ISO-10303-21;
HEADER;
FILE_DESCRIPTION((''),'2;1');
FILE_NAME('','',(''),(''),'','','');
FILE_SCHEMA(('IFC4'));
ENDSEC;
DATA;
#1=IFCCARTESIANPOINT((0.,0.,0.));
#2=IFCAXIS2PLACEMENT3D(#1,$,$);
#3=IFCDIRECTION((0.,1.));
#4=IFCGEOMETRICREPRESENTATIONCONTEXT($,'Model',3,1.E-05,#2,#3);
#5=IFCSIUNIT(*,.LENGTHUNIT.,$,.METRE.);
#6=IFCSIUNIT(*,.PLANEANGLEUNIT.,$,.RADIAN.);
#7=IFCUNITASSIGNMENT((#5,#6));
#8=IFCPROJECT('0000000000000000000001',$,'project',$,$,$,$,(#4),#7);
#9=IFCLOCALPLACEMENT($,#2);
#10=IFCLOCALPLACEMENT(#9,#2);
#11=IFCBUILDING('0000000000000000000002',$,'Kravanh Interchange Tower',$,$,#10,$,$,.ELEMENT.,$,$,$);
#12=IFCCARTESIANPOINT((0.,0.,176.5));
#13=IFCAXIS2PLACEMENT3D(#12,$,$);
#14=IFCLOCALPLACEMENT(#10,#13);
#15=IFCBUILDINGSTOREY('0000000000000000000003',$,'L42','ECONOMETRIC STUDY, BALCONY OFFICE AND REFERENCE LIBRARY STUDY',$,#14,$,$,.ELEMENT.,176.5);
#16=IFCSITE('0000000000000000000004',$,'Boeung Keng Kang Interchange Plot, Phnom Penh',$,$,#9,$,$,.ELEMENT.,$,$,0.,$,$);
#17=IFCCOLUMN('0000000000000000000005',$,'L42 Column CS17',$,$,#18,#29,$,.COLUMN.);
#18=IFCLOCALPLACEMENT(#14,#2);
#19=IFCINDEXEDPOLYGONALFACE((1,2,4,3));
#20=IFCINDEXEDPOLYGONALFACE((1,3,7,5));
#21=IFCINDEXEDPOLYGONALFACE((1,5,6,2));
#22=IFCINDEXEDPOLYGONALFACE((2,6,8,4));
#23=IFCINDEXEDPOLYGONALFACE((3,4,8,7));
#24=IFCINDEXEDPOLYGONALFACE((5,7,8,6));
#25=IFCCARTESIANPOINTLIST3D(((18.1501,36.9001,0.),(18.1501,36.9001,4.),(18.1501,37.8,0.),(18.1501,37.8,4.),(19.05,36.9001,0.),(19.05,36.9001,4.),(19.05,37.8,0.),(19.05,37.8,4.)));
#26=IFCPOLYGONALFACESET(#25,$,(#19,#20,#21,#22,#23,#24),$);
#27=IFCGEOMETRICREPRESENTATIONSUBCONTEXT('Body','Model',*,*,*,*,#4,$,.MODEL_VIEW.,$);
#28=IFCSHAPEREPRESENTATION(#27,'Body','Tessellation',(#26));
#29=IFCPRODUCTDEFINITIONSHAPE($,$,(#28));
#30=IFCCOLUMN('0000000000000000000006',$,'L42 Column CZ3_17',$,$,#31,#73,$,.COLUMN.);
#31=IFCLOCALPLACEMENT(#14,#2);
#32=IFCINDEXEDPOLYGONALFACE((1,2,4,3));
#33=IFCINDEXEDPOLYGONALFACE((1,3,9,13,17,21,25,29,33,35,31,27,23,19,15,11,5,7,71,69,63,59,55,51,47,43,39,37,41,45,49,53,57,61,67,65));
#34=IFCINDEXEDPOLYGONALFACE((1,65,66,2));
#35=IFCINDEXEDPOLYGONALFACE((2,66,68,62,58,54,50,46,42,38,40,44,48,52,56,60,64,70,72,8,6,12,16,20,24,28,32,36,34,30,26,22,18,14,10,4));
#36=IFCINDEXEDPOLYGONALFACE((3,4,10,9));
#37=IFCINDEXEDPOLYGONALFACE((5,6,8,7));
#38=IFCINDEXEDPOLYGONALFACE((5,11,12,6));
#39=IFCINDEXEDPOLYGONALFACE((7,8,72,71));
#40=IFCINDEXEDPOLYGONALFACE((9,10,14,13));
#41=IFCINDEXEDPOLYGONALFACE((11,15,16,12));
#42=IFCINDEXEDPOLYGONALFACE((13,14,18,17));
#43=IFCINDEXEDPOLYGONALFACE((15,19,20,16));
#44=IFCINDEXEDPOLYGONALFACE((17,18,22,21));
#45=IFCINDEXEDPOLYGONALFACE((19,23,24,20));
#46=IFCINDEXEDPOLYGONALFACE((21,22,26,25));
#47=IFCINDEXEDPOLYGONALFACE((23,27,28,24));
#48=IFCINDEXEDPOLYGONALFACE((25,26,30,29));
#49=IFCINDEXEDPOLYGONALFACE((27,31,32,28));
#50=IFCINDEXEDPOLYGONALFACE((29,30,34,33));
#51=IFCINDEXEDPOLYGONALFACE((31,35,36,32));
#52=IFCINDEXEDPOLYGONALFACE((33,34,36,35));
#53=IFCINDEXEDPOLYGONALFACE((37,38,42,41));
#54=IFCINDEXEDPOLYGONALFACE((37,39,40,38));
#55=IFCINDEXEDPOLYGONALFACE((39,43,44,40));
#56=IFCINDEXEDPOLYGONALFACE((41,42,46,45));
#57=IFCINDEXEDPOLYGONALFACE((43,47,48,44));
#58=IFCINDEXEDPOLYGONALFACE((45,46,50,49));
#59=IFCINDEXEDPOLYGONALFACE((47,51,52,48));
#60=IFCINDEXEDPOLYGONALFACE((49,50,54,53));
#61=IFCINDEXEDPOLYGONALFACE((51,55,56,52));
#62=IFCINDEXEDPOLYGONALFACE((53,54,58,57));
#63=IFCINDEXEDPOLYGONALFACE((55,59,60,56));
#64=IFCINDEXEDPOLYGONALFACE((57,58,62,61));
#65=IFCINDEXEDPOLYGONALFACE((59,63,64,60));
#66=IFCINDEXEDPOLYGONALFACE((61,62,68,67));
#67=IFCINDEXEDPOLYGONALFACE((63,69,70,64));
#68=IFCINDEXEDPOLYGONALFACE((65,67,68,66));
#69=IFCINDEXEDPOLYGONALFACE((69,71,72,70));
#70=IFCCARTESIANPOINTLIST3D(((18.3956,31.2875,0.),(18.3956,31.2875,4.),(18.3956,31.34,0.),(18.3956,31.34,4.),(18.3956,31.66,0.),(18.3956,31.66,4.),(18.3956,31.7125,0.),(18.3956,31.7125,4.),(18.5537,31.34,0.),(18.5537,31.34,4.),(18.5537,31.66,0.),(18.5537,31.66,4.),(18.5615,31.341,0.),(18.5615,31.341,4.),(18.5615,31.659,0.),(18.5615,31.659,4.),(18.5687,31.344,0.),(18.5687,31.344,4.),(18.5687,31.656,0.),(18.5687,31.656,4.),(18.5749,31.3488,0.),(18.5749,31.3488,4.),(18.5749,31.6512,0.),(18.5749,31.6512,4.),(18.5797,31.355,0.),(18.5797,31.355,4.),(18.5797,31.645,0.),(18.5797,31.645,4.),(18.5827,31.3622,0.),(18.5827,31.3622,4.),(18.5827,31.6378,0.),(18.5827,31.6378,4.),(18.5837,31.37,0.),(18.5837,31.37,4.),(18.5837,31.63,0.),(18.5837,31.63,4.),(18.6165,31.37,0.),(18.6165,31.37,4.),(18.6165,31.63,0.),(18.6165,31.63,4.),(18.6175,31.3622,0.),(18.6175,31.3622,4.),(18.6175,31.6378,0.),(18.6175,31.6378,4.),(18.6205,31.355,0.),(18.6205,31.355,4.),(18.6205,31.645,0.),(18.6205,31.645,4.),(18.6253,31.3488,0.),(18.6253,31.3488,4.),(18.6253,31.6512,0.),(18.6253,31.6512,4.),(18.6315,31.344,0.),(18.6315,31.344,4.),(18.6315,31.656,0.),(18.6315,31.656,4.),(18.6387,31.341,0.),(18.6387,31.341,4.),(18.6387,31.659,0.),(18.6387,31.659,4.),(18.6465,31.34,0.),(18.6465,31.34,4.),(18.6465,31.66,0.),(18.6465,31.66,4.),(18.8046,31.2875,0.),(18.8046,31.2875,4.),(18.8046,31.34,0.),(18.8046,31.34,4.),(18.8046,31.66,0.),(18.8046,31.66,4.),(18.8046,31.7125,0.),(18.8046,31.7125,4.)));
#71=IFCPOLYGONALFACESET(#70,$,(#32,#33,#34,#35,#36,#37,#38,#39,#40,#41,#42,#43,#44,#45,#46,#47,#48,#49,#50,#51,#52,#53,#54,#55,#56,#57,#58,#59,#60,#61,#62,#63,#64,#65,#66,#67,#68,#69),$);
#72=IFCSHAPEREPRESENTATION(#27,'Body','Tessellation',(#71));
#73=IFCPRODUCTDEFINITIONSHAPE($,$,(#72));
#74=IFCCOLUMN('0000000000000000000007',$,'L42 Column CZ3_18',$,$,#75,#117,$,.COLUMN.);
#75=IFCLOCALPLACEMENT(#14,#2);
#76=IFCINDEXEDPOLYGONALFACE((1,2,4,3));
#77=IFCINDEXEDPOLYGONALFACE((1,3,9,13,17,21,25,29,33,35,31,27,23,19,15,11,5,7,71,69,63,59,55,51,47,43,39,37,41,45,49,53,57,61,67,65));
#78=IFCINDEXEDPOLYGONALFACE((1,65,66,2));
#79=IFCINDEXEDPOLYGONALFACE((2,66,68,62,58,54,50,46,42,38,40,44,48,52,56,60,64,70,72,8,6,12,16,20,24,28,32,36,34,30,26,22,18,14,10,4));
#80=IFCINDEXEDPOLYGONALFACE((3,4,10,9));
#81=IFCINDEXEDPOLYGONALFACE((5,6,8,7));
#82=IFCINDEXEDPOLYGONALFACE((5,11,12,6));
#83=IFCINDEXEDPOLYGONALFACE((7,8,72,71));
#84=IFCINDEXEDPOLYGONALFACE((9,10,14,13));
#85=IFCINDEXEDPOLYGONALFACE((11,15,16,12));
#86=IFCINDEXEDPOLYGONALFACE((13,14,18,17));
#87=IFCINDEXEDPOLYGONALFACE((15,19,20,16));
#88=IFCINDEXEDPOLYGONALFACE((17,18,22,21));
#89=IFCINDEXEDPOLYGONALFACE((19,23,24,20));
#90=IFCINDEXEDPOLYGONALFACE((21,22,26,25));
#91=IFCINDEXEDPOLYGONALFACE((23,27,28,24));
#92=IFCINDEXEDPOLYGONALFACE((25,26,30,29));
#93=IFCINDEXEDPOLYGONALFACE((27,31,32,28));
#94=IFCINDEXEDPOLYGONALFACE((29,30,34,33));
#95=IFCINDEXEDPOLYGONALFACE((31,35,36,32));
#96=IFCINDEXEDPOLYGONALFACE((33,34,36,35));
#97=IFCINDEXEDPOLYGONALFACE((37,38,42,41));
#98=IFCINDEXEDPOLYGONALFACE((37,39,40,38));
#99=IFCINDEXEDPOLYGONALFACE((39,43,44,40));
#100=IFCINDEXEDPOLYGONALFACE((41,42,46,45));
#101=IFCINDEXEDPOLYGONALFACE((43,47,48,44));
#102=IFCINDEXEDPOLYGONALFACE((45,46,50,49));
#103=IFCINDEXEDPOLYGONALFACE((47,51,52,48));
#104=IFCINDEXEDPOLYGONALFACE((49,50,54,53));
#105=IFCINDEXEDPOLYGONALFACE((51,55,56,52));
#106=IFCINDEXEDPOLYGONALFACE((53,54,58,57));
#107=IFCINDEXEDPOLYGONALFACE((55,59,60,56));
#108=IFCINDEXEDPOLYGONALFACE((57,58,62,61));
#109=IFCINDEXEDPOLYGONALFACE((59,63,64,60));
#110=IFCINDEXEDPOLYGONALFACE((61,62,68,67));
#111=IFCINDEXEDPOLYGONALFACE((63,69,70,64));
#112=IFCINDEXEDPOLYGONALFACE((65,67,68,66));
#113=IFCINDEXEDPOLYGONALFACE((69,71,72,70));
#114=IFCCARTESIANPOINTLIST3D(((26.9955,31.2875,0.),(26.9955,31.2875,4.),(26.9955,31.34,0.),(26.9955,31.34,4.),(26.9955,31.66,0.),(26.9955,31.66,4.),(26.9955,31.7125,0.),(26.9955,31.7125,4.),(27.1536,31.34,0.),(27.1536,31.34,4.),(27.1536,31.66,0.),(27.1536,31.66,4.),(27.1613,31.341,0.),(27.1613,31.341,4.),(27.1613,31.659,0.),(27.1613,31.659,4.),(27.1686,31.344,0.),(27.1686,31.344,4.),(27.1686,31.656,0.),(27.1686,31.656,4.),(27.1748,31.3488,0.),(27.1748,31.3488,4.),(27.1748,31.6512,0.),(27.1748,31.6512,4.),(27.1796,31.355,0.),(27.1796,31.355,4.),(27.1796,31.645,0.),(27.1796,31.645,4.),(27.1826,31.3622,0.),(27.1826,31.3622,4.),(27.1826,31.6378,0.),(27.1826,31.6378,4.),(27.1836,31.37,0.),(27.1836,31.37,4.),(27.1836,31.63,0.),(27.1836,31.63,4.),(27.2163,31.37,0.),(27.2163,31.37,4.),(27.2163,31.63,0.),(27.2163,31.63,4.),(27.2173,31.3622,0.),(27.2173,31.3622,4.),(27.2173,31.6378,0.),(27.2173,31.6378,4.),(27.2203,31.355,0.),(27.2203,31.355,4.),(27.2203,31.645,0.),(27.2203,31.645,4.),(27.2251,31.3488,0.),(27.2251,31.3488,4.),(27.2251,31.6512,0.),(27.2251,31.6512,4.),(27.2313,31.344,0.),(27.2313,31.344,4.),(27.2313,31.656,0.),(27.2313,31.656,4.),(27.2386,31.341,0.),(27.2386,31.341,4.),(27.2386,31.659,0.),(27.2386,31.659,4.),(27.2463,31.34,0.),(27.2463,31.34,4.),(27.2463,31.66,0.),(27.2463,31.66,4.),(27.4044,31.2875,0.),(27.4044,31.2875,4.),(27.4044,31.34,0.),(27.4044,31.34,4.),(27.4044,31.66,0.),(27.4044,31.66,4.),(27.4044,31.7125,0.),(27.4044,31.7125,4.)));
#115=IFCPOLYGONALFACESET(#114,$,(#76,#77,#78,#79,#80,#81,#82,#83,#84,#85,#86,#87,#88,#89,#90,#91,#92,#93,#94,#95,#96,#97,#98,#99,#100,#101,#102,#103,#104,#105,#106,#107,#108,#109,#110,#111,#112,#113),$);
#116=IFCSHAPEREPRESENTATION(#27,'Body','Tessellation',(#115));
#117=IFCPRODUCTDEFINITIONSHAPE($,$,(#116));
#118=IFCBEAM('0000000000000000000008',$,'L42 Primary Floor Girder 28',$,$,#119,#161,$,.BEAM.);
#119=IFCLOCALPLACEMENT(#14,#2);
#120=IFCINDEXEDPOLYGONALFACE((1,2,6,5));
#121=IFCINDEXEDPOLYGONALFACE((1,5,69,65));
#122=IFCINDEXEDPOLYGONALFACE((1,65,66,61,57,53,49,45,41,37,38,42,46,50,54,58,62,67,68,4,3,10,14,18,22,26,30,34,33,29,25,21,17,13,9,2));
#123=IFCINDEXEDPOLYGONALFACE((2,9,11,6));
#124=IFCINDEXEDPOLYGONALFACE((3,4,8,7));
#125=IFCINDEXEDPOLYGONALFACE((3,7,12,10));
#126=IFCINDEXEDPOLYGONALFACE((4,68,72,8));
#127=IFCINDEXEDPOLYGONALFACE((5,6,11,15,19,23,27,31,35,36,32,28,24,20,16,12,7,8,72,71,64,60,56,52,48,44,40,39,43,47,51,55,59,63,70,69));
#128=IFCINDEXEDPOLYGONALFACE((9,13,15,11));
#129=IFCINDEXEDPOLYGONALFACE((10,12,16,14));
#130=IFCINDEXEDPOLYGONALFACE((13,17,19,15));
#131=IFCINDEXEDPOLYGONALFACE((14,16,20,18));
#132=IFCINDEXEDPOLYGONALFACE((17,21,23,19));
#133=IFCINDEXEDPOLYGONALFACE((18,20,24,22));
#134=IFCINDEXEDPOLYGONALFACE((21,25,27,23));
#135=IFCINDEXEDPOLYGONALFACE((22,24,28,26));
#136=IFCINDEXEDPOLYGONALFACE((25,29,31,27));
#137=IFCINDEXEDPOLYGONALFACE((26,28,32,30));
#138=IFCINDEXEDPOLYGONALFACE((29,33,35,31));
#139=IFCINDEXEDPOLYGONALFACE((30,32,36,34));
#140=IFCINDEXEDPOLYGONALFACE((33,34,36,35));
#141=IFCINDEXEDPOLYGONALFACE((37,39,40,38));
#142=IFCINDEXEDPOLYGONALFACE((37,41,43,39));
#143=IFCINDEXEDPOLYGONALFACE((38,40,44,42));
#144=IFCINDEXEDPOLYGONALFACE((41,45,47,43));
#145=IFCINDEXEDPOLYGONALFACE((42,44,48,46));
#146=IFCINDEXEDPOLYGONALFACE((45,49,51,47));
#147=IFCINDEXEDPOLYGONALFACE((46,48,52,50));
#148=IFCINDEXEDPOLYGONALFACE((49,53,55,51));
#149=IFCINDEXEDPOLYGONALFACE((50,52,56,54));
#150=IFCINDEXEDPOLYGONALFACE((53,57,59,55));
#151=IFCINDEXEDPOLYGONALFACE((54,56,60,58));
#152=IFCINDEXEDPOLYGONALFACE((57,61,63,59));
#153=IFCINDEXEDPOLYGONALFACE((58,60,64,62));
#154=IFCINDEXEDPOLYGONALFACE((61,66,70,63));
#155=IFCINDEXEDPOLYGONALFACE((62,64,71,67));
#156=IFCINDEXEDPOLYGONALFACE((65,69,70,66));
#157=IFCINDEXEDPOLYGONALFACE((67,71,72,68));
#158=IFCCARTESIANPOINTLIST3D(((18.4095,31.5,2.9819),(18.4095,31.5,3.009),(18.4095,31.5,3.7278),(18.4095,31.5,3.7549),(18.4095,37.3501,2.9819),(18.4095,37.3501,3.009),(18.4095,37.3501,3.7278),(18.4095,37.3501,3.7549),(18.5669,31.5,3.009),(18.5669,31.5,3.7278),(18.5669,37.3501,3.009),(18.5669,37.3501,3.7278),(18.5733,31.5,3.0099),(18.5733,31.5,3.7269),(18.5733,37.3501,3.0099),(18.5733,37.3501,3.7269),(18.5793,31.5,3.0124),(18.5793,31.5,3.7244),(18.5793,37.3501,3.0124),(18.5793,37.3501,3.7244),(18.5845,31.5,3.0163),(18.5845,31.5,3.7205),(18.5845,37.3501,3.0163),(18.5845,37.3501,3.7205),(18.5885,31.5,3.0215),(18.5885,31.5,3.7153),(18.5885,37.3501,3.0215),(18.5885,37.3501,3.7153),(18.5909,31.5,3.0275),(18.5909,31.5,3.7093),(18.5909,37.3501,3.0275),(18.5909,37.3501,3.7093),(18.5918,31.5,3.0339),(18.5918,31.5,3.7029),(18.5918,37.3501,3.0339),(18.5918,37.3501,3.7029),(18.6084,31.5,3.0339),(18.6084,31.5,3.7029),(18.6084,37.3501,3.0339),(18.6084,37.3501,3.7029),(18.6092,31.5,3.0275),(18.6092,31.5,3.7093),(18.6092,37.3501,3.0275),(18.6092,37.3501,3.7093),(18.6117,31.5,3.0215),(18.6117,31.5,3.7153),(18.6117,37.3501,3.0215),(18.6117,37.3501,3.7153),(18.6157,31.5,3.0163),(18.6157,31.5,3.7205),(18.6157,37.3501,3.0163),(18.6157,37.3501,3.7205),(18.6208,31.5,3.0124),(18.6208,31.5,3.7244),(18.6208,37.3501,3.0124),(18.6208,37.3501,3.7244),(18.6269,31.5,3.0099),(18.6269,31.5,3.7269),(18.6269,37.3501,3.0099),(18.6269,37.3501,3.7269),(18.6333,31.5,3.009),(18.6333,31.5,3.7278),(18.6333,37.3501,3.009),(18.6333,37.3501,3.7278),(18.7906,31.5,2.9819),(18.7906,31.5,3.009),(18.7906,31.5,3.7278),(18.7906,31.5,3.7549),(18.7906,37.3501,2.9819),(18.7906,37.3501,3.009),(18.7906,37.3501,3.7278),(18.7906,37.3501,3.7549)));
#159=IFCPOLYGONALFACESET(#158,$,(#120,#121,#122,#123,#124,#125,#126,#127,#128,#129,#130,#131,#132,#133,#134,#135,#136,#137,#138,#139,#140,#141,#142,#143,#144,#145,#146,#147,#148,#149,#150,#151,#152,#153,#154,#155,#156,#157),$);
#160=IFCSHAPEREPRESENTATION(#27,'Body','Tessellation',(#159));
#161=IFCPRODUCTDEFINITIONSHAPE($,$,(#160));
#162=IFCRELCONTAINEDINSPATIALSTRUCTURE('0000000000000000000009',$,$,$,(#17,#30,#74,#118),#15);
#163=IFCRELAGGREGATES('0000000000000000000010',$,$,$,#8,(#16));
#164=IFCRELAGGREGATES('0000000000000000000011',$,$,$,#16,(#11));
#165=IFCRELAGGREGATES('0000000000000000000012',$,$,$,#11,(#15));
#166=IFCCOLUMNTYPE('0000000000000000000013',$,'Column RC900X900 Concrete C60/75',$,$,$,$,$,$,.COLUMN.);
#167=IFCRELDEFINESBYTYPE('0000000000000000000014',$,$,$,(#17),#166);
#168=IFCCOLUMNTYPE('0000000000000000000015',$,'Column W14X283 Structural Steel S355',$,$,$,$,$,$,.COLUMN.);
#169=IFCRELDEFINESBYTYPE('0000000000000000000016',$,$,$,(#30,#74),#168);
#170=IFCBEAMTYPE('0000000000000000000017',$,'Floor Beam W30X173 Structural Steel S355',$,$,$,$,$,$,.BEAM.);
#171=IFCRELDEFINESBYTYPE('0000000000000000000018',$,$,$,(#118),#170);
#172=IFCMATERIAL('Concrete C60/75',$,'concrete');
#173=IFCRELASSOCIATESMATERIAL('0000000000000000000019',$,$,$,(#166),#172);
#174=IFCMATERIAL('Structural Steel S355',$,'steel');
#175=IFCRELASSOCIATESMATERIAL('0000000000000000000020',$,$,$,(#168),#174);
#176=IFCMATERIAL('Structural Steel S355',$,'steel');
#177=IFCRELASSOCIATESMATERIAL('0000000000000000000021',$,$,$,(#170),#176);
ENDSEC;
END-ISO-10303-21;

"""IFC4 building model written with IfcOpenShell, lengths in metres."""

from ifc_helpers import new_model, si_unit, direction, frame, origin, origin_2d, place, context, subcontext, project, spatial, rectangle, i_section, extrude, material, material_profile, profile_set, type_object, element, save


model = new_model("IFC4")

# Units and contexts
model_context = context("Model", 3, precision=1e-05, world=origin(), true_north=direction((0.0, 1.0)))
body_context = subcontext(model_context, "Body", "Model", "MODEL_VIEW")
ifc_project = project(units=[si_unit("LENGTHUNIT", "METRE"), si_unit("PLANEANGLEUNIT", "RADIAN")], contexts=[model_context])

# Site, building, storey
site_placement = place(None, origin())
site = spatial("IfcSite", under=ifc_project, at=site_placement, Name="Boeung Keng Kang Interchange Plot, Phnom Penh", CompositionType="ELEMENT", RefElevation=0.0)
building_placement = place(site_placement, origin())
building = spatial("IfcBuilding", under=site, at=building_placement, Name="Kravanh Interchange Tower", CompositionType="ELEMENT")
storey_placement = place(building_placement, frame((0.0, 0.0, 176.5)))
storey = spatial("IfcBuildingStorey", under=building, at=storey_placement, Name="L42", Description="ECONOMETRIC STUDY, BALCONY OFFICE AND REFERENCE LIBRARY STUDY", CompositionType="ELEMENT", Elevation=176.5)

# Columns
ifc_material_1 = material(Name="Concrete C60/75", Category="concrete")
ifc_material_profile_1 = material_profile(ifc_material_1, rectangle(XDim=0.8999, YDim=0.8999, at=origin_2d()), Name="RC900X900")
ifc_profile_set_1 = profile_set([ifc_material_profile_1], Name="Concrete C60/75")
column_type_1 = type_object("IfcColumnType", Name="Column RC900X900 Concrete C60/75", PredefinedType="COLUMN", material=ifc_profile_set_1)
column_placement = place(storey_placement, frame((18.6001, 37.3501, 0.0), z_axis=(0.0, 0.0, 1.0), x_axis=(1.0, 0.0, 0.0)))
element("IfcColumn", 1, at=column_placement, inside=storey, type_object=column_type_1, Name="L42 Column CS17", PredefinedType="COLUMN", context=body_context, shape_type="SweptSolid", body=[
    extrude(rectangle(XDim=0.8999, YDim=0.8999, at=origin_2d()), origin(), (0.0, 0.0, 1.0), 4.0),
])
ifc_material_2 = material(Name="Structural Steel S355", Category="steel")
ifc_material_profile_2 = material_profile(ifc_material_2, i_section(OverallWidth=0.4089, OverallDepth=0.425, WebThickness=0.0327, FlangeThickness=0.0525, FilletRadius=0.03, at=origin_2d()), Name="W14X283")
ifc_profile_set_2 = profile_set([ifc_material_profile_2], Name="Structural Steel S355")
column_type_2 = type_object("IfcColumnType", Name="Column W14X283 Structural Steel S355", PredefinedType="COLUMN", material=ifc_profile_set_2)
for number, where, z_axis, x_axis, name in (
    (2, (18.6001, 31.5, 0.0), (0.0, 0.0, 1.0), (1.0, 0.0, 0.0), "L42 Column CZ3_17"),
    (3, (27.2, 31.5, 0.0), (0.0, 0.0, 1.0), (1.0, 0.0, 0.0), "L42 Column CZ3_18"),
):
    element("IfcColumn", number, at=place(storey_placement, frame(where, z_axis=z_axis, x_axis=x_axis)), inside=storey, type_object=column_type_2, Name=name, PredefinedType="COLUMN", context=body_context, shape_type="SweptSolid", body=[
        extrude(i_section(OverallWidth=0.4089, OverallDepth=0.425, WebThickness=0.0327, FlangeThickness=0.0525, FilletRadius=0.03, at=origin_2d()), origin(), (0.0, 0.0, 1.0), 4.0),
    ])

# Beam
ifc_material_3 = material(Name="Structural Steel S355", Category="steel")
ifc_material_profile_3 = material_profile(ifc_material_3, i_section(OverallWidth=0.3811, OverallDepth=0.7729, WebThickness=0.0166, FlangeThickness=0.0271, FilletRadius=0.0249, at=origin_2d()), Name="W30X173")
ifc_profile_set_3 = profile_set([ifc_material_profile_3], Name="Structural Steel S355")
beam_type_1 = type_object("IfcBeamType", Name="Floor Beam W30X173 Structural Steel S355", PredefinedType="BEAM", material=ifc_profile_set_3)
beam_1_placement = place(storey_placement, frame((18.6001, 37.3501, 3.3684), z_axis=(0.0, -1.0, 0.0), x_axis=(1.0, 0.0, 0.0)))
element("IfcBeam", 4, at=beam_1_placement, inside=storey, type_object=beam_type_1, Name="L42 Primary Floor Girder 28", PredefinedType="BEAM", context=body_context, shape_type="SweptSolid", body=[
    extrude(i_section(OverallWidth=0.3811, OverallDepth=0.7729, WebThickness=0.0166, FlangeThickness=0.0271, FilletRadius=0.0249, at=origin_2d()), origin(), (0.0, 0.0, 1.0), 5.8501),
])

save(model, "model.ifc")
